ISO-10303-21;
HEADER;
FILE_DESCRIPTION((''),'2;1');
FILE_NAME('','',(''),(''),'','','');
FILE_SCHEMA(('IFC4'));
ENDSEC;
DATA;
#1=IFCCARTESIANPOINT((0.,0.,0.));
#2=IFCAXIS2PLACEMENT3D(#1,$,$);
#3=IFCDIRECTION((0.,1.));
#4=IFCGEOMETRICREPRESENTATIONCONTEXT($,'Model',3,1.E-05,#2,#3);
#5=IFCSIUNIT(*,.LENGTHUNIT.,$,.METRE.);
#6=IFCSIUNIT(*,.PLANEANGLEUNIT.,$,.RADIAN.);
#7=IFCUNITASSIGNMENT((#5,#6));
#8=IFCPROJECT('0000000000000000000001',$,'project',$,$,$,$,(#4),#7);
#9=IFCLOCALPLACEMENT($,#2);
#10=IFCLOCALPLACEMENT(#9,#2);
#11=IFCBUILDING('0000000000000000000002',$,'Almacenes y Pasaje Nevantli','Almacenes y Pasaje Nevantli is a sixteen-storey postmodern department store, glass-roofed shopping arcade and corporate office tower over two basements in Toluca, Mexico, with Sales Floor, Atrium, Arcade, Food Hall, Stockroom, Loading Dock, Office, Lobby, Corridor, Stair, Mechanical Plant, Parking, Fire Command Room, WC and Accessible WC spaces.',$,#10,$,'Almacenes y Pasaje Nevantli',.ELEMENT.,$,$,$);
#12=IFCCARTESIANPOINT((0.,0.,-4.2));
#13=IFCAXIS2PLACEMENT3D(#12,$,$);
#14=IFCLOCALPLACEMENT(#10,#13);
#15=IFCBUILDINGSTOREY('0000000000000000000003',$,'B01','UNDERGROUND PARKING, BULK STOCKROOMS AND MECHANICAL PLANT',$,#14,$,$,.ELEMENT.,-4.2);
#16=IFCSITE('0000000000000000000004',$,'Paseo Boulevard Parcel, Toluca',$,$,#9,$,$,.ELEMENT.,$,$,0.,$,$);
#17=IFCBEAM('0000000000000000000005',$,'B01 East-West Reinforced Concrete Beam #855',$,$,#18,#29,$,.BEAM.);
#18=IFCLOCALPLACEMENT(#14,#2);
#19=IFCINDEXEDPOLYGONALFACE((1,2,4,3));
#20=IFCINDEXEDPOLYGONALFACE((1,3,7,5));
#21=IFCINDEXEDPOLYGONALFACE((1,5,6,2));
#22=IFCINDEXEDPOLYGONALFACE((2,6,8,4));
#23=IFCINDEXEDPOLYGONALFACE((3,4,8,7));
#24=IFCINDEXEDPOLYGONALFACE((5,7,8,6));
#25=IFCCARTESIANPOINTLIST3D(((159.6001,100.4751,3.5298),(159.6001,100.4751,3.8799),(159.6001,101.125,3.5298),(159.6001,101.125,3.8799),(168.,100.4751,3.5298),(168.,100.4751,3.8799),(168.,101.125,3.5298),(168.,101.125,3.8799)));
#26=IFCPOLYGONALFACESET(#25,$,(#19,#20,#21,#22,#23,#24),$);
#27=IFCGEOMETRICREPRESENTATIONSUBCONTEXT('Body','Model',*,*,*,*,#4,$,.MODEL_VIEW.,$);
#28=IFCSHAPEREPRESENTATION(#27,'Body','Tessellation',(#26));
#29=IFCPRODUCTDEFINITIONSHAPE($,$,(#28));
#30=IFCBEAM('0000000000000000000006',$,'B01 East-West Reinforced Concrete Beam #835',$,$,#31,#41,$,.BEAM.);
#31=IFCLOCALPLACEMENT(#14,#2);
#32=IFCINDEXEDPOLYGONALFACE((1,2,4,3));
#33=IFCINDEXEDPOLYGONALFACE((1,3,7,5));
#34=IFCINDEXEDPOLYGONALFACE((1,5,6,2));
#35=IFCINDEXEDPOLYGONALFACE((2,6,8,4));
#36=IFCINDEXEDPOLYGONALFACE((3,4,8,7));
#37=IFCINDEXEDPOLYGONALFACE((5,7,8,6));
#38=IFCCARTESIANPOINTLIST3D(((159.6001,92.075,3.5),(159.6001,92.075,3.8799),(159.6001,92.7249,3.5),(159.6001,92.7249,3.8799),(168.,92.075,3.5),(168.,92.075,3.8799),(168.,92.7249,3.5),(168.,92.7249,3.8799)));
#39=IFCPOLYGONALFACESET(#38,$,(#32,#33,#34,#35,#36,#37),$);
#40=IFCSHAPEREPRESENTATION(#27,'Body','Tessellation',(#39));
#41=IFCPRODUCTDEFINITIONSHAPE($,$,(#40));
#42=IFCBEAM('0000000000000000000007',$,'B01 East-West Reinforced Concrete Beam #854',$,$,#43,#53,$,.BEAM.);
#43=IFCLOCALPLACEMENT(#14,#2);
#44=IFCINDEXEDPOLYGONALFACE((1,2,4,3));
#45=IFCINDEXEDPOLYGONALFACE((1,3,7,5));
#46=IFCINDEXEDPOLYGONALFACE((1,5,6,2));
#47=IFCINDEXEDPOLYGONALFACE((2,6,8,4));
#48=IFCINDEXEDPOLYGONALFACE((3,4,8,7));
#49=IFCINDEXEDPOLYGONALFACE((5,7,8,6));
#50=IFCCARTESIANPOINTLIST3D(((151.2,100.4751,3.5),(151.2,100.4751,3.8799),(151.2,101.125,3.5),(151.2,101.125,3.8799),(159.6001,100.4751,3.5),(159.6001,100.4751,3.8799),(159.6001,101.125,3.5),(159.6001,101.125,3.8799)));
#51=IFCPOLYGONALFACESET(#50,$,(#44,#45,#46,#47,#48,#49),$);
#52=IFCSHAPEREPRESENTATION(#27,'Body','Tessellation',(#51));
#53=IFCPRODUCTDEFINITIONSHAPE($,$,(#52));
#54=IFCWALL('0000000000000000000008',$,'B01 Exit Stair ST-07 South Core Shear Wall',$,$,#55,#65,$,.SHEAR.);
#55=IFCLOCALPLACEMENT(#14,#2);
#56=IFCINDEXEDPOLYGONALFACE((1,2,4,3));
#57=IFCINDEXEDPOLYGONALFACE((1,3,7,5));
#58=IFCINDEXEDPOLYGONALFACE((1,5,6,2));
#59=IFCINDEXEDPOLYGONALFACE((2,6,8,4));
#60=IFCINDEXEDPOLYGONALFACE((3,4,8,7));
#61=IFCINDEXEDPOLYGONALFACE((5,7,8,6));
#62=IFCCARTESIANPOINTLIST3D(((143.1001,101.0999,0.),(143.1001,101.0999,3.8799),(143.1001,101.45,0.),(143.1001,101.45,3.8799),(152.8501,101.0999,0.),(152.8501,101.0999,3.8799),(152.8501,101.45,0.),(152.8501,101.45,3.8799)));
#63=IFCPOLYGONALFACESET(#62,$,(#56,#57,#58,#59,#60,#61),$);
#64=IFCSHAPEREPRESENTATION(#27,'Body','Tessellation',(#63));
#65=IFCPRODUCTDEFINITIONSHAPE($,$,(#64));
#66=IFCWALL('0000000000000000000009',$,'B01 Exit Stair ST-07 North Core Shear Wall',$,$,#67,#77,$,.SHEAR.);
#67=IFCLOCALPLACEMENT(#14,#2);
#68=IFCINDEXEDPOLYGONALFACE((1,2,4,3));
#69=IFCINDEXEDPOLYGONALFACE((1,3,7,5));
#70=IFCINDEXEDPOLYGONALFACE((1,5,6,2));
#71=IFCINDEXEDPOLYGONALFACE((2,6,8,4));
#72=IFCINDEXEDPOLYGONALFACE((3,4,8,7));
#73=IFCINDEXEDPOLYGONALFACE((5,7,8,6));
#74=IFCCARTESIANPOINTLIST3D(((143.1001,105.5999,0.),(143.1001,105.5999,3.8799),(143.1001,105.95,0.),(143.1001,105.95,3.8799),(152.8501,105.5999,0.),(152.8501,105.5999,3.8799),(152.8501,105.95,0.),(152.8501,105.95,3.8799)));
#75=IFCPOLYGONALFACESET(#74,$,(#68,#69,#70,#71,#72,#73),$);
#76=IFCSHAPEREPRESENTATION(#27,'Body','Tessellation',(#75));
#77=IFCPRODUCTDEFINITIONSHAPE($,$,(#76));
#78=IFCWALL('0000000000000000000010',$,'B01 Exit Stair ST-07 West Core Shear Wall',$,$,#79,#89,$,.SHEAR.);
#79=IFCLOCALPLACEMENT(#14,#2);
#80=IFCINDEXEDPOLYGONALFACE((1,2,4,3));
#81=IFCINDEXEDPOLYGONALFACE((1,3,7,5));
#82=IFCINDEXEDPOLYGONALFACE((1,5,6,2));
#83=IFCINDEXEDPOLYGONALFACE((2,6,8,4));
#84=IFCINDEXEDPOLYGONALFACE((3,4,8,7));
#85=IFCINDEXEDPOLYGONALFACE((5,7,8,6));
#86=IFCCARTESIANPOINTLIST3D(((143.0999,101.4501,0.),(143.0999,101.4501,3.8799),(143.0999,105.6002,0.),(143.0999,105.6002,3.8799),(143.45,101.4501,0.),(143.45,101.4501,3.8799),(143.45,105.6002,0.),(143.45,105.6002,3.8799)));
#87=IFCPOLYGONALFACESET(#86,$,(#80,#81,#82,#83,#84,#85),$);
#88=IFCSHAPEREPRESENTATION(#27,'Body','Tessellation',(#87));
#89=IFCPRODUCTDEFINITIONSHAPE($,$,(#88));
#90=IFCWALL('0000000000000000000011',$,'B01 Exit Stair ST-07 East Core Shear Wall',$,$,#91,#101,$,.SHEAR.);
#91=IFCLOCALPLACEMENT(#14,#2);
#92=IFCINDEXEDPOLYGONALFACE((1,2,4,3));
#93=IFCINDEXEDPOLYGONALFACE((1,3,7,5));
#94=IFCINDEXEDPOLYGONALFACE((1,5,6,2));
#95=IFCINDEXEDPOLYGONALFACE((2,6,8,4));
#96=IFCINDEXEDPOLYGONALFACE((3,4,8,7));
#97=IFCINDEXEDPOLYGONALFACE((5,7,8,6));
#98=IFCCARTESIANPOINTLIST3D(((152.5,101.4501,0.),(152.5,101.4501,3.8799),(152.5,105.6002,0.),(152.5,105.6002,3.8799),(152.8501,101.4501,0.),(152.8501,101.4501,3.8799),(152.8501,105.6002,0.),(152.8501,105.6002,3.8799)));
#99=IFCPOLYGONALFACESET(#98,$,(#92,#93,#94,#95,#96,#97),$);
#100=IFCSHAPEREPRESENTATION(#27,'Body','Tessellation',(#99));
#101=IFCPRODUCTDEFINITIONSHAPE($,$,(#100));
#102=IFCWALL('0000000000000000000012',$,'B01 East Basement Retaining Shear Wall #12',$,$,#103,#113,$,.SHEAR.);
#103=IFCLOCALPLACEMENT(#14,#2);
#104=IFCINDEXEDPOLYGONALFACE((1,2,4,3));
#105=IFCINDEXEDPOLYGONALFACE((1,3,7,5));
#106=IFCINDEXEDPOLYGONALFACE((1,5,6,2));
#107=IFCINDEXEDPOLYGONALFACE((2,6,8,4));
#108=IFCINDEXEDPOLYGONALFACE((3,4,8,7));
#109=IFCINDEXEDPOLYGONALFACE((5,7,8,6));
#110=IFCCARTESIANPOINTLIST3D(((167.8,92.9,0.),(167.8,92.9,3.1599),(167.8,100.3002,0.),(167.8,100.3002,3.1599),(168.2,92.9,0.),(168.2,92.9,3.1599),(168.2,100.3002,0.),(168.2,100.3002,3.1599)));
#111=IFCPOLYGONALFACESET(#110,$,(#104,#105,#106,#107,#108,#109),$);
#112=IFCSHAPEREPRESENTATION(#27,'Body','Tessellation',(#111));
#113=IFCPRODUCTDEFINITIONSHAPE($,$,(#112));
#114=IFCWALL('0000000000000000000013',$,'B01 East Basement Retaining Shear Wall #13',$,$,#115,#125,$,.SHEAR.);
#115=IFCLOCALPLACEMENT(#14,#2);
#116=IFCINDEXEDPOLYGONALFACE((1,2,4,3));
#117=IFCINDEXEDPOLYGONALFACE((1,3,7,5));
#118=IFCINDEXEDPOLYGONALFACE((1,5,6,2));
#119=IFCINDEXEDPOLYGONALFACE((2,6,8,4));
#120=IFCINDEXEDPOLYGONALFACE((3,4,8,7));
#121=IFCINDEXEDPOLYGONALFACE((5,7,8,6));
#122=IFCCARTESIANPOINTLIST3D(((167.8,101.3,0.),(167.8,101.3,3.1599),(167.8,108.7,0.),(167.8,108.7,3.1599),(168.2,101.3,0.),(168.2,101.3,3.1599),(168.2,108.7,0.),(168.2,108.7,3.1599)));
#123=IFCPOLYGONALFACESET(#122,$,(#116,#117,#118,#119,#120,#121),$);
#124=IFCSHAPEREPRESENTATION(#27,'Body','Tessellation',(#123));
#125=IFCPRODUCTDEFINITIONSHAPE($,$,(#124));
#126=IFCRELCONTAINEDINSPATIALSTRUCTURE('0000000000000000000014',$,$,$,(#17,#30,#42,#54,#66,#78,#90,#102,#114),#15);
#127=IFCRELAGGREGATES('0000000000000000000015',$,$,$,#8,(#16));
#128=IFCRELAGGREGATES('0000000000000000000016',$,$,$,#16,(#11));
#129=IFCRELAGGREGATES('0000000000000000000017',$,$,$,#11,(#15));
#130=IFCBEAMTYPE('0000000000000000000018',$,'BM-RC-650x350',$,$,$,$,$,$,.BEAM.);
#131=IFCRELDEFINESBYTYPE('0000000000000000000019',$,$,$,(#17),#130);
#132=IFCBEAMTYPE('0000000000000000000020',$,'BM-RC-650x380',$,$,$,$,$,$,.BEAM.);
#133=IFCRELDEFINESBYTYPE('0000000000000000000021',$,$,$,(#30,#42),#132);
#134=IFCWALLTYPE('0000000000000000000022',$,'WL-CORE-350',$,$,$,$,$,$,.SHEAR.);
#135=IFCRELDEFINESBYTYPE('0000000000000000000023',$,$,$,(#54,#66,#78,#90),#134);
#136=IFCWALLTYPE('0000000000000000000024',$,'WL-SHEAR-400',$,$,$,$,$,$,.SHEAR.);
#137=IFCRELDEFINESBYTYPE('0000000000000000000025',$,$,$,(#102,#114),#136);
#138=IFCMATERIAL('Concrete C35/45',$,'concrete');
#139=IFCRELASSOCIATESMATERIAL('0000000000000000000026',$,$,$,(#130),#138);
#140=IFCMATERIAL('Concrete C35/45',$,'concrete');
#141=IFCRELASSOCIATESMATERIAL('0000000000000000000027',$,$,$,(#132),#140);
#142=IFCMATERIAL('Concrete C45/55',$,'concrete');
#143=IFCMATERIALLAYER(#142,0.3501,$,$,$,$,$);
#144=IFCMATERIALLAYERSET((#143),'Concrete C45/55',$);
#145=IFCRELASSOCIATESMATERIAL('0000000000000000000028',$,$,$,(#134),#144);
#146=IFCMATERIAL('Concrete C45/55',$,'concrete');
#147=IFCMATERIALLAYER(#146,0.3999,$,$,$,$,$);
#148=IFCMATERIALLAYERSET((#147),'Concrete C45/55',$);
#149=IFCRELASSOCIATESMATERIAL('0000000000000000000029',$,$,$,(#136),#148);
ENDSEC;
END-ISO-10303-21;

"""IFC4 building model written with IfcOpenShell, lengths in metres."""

from ifc_helpers import new_model, si_unit, direction, frame, frame_2d, origin, origin_2d, place, context, subcontext, project, spatial, rectangle, extrude, material, layer, layer_set, material_profile, profile_set, type_object, element, save


model = new_model("IFC4")

# Units and contexts
model_context = context("Model", 3, precision=1e-05, world=origin(), true_north=direction((0.0, 1.0)))
body_context = subcontext(model_context, "Body", "Model", "MODEL_VIEW")
ifc_project = project(units=[si_unit("LENGTHUNIT", "METRE"), si_unit("PLANEANGLEUNIT", "RADIAN")], contexts=[model_context])

# Site, building, storey
site_placement = place(None, origin())
site = spatial("IfcSite", under=ifc_project, at=site_placement, Name="Paseo Boulevard Parcel, Toluca", CompositionType="ELEMENT", RefElevation=0.0)
building_placement = place(site_placement, origin())
building = spatial("IfcBuilding", under=site, at=building_placement, Name="Almacenes y Pasaje Nevantli", Description="Almacenes y Pasaje Nevantli is a sixteen-storey postmodern department store, glass-roofed shopping arcade and corporate office tower over two basements in Toluca, Mexico, with Sales Floor, Atrium, Arcade, Food Hall, Stockroom, Loading Dock, Office, Lobby, Corridor, Stair, Mechanical Plant, Parking, Fire Command Room, WC and Accessible WC spaces.", LongName="Almacenes y Pasaje Nevantli", CompositionType="ELEMENT")
storey_placement = place(building_placement, frame((0.0, 0.0, -4.2)))
storey = spatial("IfcBuildingStorey", under=building, at=storey_placement, Name="B01", Description="UNDERGROUND PARKING, BULK STOCKROOMS AND MECHANICAL PLANT", CompositionType="ELEMENT", Elevation=-4.2)

# Beams
ifc_material_1 = material(Name="Concrete C35/45", Category="concrete")
ifc_material_profile_1 = material_profile(ifc_material_1, rectangle(XDim=0.6499, YDim=0.3501, at=origin_2d()), Name="RC-BM-650x350")
ifc_profile_set_1 = profile_set([ifc_material_profile_1], Name="Concrete C35/45")
beam_type_1 = type_object("IfcBeamType", Name="BM-RC-650x350", PredefinedType="BEAM", material=ifc_profile_set_1)
beam_1_placement = place(storey_placement, frame((159.6001, 100.8, 3.7048), z_axis=(1.0, 0.0, 0.0), x_axis=(0.0, 1.0, 0.0)))
element("IfcBeam", 1, at=beam_1_placement, inside=storey, type_object=beam_type_1, Name="B01 East-West Reinforced Concrete Beam #855", PredefinedType="BEAM", context=body_context, shape_type="SweptSolid", body=[
    extrude(rectangle(XDim=0.6499, YDim=0.3501, at=origin_2d()), origin(), (0.0, 0.0, 1.0), 8.3999),
])
ifc_material_2 = material(Name="Concrete C35/45", Category="concrete")
ifc_material_profile_2 = material_profile(ifc_material_2, rectangle(XDim=0.6499, YDim=0.3799, at=origin_2d()), Name="RC-BM-650x380")
ifc_profile_set_2 = profile_set([ifc_material_profile_2], Name="Concrete C35/45")
beam_type_2 = type_object("IfcBeamType", Name="BM-RC-650x380", PredefinedType="BEAM", material=ifc_profile_set_2)
beam_2_placement = place(storey_placement, frame((159.6001, 92.3999, 3.6899), z_axis=(1.0, 0.0, 0.0), x_axis=(0.0, 1.0, 0.0)))
element("IfcBeam", 2, at=beam_2_placement, inside=storey, type_object=beam_type_2, Name="B01 East-West Reinforced Concrete Beam #835", PredefinedType="BEAM", context=body_context, shape_type="SweptSolid", body=[
    extrude(rectangle(XDim=0.6499, YDim=0.3799, at=origin_2d()), origin(), (0.0, 0.0, 1.0), 8.3999),
])
beam_3_placement = place(storey_placement, frame((151.2, 100.8, 3.6899), z_axis=(1.0, 0.0, 0.0), x_axis=(0.0, 1.0, 0.0)))
element("IfcBeam", 3, at=beam_3_placement, inside=storey, type_object=beam_type_2, Name="B01 East-West Reinforced Concrete Beam #854", PredefinedType="BEAM", context=body_context, shape_type="SweptSolid", body=[
    extrude(rectangle(XDim=0.6499, YDim=0.3799, at=origin_2d()), origin(), (0.0, 0.0, 1.0), 8.4001),
])

# Walls
ifc_material_3 = material(Name="Concrete C45/55", Category="concrete")
ifc_layer_1 = layer(ifc_material_3, 0.3501)
ifc_layer_set_1 = layer_set([ifc_layer_1], Name="Concrete C45/55")
wall_type_1 = type_object("IfcWallType", Name="WL-CORE-350", PredefinedType="SHEAR", material=ifc_layer_set_1)
for number, where, z_axis, x_axis, name in (
    (4, (143.1001, 101.2749, 0.0), (0.0, 0.0, 1.0), (1.0, 0.0, 0.0), "B01 Exit Stair ST-07 South Core Shear Wall"),
    (5, (143.1001, 105.7749, 0.0), (0.0, 0.0, 1.0), (1.0, 0.0, 0.0), "B01 Exit Stair ST-07 North Core Shear Wall"),
):
    element("IfcWall", number, at=place(storey_placement, frame(where, z_axis=z_axis, x_axis=x_axis)), inside=storey, type_object=wall_type_1, Name=name, PredefinedType="SHEAR", context=body_context, shape_type="SweptSolid", body=[
        extrude(rectangle(XDim=9.75, YDim=0.3501, at=frame_2d((4.875, 0.0))), origin(), (0.0, 0.0, 1.0), 3.8799),
    ])
for number, where, z_axis, x_axis, name in (
    (6, (143.2749, 101.45, 0.0), (0.0, 0.0, 1.0), (0.0, 1.0, 0.0), "B01 Exit Stair ST-07 West Core Shear Wall"),
    (7, (152.675, 101.45, 0.0), (0.0, 0.0, 1.0), (0.0, 1.0, 0.0), "B01 Exit Stair ST-07 East Core Shear Wall"),
):
    element("IfcWall", number, at=place(storey_placement, frame(where, z_axis=z_axis, x_axis=x_axis)), inside=storey, type_object=wall_type_1, Name=name, PredefinedType="SHEAR", context=body_context, shape_type="SweptSolid", body=[
        extrude(rectangle(XDim=4.1501, YDim=0.3501, at=frame_2d((2.0752, 0.0))), origin(), (0.0, 0.0, 1.0), 3.8799),
    ])
ifc_material_4 = material(Name="Concrete C45/55", Category="concrete")
ifc_layer_2 = layer(ifc_material_4, 0.3999)
ifc_layer_set_2 = layer_set([ifc_layer_2], Name="Concrete C45/55")
wall_type_2 = type_object("IfcWallType", Name="WL-SHEAR-400", PredefinedType="SHEAR", material=ifc_layer_set_2)
wall_1_placement = place(storey_placement, frame((168.0, 92.8999, 0.0), z_axis=(0.0, 0.0, 1.0), x_axis=(0.0, 1.0, 0.0)))
element("IfcWall", 8, at=wall_1_placement, inside=storey, type_object=wall_type_2, Name="B01 East Basement Retaining Shear Wall #12", PredefinedType="SHEAR", context=body_context, shape_type="SweptSolid", body=[
    extrude(rectangle(XDim=7.4001, YDim=0.3999, at=frame_2d((3.7002, 0.0))), origin(), (0.0, 0.0, 1.0), 3.1599),
])
wall_2_placement = place(storey_placement, frame((168.0, 101.3, 0.0), z_axis=(0.0, 0.0, 1.0), x_axis=(0.0, 1.0, 0.0)))
element("IfcWall", 9, at=wall_2_placement, inside=storey, type_object=wall_type_2, Name="B01 East Basement Retaining Shear Wall #13", PredefinedType="SHEAR", context=body_context, shape_type="SweptSolid", body=[
    extrude(rectangle(XDim=7.3999, YDim=0.3999, at=frame_2d((3.7, 0.0))), origin(), (0.0, 0.0, 1.0), 3.1599),
])

save(model, "model.ifc")
